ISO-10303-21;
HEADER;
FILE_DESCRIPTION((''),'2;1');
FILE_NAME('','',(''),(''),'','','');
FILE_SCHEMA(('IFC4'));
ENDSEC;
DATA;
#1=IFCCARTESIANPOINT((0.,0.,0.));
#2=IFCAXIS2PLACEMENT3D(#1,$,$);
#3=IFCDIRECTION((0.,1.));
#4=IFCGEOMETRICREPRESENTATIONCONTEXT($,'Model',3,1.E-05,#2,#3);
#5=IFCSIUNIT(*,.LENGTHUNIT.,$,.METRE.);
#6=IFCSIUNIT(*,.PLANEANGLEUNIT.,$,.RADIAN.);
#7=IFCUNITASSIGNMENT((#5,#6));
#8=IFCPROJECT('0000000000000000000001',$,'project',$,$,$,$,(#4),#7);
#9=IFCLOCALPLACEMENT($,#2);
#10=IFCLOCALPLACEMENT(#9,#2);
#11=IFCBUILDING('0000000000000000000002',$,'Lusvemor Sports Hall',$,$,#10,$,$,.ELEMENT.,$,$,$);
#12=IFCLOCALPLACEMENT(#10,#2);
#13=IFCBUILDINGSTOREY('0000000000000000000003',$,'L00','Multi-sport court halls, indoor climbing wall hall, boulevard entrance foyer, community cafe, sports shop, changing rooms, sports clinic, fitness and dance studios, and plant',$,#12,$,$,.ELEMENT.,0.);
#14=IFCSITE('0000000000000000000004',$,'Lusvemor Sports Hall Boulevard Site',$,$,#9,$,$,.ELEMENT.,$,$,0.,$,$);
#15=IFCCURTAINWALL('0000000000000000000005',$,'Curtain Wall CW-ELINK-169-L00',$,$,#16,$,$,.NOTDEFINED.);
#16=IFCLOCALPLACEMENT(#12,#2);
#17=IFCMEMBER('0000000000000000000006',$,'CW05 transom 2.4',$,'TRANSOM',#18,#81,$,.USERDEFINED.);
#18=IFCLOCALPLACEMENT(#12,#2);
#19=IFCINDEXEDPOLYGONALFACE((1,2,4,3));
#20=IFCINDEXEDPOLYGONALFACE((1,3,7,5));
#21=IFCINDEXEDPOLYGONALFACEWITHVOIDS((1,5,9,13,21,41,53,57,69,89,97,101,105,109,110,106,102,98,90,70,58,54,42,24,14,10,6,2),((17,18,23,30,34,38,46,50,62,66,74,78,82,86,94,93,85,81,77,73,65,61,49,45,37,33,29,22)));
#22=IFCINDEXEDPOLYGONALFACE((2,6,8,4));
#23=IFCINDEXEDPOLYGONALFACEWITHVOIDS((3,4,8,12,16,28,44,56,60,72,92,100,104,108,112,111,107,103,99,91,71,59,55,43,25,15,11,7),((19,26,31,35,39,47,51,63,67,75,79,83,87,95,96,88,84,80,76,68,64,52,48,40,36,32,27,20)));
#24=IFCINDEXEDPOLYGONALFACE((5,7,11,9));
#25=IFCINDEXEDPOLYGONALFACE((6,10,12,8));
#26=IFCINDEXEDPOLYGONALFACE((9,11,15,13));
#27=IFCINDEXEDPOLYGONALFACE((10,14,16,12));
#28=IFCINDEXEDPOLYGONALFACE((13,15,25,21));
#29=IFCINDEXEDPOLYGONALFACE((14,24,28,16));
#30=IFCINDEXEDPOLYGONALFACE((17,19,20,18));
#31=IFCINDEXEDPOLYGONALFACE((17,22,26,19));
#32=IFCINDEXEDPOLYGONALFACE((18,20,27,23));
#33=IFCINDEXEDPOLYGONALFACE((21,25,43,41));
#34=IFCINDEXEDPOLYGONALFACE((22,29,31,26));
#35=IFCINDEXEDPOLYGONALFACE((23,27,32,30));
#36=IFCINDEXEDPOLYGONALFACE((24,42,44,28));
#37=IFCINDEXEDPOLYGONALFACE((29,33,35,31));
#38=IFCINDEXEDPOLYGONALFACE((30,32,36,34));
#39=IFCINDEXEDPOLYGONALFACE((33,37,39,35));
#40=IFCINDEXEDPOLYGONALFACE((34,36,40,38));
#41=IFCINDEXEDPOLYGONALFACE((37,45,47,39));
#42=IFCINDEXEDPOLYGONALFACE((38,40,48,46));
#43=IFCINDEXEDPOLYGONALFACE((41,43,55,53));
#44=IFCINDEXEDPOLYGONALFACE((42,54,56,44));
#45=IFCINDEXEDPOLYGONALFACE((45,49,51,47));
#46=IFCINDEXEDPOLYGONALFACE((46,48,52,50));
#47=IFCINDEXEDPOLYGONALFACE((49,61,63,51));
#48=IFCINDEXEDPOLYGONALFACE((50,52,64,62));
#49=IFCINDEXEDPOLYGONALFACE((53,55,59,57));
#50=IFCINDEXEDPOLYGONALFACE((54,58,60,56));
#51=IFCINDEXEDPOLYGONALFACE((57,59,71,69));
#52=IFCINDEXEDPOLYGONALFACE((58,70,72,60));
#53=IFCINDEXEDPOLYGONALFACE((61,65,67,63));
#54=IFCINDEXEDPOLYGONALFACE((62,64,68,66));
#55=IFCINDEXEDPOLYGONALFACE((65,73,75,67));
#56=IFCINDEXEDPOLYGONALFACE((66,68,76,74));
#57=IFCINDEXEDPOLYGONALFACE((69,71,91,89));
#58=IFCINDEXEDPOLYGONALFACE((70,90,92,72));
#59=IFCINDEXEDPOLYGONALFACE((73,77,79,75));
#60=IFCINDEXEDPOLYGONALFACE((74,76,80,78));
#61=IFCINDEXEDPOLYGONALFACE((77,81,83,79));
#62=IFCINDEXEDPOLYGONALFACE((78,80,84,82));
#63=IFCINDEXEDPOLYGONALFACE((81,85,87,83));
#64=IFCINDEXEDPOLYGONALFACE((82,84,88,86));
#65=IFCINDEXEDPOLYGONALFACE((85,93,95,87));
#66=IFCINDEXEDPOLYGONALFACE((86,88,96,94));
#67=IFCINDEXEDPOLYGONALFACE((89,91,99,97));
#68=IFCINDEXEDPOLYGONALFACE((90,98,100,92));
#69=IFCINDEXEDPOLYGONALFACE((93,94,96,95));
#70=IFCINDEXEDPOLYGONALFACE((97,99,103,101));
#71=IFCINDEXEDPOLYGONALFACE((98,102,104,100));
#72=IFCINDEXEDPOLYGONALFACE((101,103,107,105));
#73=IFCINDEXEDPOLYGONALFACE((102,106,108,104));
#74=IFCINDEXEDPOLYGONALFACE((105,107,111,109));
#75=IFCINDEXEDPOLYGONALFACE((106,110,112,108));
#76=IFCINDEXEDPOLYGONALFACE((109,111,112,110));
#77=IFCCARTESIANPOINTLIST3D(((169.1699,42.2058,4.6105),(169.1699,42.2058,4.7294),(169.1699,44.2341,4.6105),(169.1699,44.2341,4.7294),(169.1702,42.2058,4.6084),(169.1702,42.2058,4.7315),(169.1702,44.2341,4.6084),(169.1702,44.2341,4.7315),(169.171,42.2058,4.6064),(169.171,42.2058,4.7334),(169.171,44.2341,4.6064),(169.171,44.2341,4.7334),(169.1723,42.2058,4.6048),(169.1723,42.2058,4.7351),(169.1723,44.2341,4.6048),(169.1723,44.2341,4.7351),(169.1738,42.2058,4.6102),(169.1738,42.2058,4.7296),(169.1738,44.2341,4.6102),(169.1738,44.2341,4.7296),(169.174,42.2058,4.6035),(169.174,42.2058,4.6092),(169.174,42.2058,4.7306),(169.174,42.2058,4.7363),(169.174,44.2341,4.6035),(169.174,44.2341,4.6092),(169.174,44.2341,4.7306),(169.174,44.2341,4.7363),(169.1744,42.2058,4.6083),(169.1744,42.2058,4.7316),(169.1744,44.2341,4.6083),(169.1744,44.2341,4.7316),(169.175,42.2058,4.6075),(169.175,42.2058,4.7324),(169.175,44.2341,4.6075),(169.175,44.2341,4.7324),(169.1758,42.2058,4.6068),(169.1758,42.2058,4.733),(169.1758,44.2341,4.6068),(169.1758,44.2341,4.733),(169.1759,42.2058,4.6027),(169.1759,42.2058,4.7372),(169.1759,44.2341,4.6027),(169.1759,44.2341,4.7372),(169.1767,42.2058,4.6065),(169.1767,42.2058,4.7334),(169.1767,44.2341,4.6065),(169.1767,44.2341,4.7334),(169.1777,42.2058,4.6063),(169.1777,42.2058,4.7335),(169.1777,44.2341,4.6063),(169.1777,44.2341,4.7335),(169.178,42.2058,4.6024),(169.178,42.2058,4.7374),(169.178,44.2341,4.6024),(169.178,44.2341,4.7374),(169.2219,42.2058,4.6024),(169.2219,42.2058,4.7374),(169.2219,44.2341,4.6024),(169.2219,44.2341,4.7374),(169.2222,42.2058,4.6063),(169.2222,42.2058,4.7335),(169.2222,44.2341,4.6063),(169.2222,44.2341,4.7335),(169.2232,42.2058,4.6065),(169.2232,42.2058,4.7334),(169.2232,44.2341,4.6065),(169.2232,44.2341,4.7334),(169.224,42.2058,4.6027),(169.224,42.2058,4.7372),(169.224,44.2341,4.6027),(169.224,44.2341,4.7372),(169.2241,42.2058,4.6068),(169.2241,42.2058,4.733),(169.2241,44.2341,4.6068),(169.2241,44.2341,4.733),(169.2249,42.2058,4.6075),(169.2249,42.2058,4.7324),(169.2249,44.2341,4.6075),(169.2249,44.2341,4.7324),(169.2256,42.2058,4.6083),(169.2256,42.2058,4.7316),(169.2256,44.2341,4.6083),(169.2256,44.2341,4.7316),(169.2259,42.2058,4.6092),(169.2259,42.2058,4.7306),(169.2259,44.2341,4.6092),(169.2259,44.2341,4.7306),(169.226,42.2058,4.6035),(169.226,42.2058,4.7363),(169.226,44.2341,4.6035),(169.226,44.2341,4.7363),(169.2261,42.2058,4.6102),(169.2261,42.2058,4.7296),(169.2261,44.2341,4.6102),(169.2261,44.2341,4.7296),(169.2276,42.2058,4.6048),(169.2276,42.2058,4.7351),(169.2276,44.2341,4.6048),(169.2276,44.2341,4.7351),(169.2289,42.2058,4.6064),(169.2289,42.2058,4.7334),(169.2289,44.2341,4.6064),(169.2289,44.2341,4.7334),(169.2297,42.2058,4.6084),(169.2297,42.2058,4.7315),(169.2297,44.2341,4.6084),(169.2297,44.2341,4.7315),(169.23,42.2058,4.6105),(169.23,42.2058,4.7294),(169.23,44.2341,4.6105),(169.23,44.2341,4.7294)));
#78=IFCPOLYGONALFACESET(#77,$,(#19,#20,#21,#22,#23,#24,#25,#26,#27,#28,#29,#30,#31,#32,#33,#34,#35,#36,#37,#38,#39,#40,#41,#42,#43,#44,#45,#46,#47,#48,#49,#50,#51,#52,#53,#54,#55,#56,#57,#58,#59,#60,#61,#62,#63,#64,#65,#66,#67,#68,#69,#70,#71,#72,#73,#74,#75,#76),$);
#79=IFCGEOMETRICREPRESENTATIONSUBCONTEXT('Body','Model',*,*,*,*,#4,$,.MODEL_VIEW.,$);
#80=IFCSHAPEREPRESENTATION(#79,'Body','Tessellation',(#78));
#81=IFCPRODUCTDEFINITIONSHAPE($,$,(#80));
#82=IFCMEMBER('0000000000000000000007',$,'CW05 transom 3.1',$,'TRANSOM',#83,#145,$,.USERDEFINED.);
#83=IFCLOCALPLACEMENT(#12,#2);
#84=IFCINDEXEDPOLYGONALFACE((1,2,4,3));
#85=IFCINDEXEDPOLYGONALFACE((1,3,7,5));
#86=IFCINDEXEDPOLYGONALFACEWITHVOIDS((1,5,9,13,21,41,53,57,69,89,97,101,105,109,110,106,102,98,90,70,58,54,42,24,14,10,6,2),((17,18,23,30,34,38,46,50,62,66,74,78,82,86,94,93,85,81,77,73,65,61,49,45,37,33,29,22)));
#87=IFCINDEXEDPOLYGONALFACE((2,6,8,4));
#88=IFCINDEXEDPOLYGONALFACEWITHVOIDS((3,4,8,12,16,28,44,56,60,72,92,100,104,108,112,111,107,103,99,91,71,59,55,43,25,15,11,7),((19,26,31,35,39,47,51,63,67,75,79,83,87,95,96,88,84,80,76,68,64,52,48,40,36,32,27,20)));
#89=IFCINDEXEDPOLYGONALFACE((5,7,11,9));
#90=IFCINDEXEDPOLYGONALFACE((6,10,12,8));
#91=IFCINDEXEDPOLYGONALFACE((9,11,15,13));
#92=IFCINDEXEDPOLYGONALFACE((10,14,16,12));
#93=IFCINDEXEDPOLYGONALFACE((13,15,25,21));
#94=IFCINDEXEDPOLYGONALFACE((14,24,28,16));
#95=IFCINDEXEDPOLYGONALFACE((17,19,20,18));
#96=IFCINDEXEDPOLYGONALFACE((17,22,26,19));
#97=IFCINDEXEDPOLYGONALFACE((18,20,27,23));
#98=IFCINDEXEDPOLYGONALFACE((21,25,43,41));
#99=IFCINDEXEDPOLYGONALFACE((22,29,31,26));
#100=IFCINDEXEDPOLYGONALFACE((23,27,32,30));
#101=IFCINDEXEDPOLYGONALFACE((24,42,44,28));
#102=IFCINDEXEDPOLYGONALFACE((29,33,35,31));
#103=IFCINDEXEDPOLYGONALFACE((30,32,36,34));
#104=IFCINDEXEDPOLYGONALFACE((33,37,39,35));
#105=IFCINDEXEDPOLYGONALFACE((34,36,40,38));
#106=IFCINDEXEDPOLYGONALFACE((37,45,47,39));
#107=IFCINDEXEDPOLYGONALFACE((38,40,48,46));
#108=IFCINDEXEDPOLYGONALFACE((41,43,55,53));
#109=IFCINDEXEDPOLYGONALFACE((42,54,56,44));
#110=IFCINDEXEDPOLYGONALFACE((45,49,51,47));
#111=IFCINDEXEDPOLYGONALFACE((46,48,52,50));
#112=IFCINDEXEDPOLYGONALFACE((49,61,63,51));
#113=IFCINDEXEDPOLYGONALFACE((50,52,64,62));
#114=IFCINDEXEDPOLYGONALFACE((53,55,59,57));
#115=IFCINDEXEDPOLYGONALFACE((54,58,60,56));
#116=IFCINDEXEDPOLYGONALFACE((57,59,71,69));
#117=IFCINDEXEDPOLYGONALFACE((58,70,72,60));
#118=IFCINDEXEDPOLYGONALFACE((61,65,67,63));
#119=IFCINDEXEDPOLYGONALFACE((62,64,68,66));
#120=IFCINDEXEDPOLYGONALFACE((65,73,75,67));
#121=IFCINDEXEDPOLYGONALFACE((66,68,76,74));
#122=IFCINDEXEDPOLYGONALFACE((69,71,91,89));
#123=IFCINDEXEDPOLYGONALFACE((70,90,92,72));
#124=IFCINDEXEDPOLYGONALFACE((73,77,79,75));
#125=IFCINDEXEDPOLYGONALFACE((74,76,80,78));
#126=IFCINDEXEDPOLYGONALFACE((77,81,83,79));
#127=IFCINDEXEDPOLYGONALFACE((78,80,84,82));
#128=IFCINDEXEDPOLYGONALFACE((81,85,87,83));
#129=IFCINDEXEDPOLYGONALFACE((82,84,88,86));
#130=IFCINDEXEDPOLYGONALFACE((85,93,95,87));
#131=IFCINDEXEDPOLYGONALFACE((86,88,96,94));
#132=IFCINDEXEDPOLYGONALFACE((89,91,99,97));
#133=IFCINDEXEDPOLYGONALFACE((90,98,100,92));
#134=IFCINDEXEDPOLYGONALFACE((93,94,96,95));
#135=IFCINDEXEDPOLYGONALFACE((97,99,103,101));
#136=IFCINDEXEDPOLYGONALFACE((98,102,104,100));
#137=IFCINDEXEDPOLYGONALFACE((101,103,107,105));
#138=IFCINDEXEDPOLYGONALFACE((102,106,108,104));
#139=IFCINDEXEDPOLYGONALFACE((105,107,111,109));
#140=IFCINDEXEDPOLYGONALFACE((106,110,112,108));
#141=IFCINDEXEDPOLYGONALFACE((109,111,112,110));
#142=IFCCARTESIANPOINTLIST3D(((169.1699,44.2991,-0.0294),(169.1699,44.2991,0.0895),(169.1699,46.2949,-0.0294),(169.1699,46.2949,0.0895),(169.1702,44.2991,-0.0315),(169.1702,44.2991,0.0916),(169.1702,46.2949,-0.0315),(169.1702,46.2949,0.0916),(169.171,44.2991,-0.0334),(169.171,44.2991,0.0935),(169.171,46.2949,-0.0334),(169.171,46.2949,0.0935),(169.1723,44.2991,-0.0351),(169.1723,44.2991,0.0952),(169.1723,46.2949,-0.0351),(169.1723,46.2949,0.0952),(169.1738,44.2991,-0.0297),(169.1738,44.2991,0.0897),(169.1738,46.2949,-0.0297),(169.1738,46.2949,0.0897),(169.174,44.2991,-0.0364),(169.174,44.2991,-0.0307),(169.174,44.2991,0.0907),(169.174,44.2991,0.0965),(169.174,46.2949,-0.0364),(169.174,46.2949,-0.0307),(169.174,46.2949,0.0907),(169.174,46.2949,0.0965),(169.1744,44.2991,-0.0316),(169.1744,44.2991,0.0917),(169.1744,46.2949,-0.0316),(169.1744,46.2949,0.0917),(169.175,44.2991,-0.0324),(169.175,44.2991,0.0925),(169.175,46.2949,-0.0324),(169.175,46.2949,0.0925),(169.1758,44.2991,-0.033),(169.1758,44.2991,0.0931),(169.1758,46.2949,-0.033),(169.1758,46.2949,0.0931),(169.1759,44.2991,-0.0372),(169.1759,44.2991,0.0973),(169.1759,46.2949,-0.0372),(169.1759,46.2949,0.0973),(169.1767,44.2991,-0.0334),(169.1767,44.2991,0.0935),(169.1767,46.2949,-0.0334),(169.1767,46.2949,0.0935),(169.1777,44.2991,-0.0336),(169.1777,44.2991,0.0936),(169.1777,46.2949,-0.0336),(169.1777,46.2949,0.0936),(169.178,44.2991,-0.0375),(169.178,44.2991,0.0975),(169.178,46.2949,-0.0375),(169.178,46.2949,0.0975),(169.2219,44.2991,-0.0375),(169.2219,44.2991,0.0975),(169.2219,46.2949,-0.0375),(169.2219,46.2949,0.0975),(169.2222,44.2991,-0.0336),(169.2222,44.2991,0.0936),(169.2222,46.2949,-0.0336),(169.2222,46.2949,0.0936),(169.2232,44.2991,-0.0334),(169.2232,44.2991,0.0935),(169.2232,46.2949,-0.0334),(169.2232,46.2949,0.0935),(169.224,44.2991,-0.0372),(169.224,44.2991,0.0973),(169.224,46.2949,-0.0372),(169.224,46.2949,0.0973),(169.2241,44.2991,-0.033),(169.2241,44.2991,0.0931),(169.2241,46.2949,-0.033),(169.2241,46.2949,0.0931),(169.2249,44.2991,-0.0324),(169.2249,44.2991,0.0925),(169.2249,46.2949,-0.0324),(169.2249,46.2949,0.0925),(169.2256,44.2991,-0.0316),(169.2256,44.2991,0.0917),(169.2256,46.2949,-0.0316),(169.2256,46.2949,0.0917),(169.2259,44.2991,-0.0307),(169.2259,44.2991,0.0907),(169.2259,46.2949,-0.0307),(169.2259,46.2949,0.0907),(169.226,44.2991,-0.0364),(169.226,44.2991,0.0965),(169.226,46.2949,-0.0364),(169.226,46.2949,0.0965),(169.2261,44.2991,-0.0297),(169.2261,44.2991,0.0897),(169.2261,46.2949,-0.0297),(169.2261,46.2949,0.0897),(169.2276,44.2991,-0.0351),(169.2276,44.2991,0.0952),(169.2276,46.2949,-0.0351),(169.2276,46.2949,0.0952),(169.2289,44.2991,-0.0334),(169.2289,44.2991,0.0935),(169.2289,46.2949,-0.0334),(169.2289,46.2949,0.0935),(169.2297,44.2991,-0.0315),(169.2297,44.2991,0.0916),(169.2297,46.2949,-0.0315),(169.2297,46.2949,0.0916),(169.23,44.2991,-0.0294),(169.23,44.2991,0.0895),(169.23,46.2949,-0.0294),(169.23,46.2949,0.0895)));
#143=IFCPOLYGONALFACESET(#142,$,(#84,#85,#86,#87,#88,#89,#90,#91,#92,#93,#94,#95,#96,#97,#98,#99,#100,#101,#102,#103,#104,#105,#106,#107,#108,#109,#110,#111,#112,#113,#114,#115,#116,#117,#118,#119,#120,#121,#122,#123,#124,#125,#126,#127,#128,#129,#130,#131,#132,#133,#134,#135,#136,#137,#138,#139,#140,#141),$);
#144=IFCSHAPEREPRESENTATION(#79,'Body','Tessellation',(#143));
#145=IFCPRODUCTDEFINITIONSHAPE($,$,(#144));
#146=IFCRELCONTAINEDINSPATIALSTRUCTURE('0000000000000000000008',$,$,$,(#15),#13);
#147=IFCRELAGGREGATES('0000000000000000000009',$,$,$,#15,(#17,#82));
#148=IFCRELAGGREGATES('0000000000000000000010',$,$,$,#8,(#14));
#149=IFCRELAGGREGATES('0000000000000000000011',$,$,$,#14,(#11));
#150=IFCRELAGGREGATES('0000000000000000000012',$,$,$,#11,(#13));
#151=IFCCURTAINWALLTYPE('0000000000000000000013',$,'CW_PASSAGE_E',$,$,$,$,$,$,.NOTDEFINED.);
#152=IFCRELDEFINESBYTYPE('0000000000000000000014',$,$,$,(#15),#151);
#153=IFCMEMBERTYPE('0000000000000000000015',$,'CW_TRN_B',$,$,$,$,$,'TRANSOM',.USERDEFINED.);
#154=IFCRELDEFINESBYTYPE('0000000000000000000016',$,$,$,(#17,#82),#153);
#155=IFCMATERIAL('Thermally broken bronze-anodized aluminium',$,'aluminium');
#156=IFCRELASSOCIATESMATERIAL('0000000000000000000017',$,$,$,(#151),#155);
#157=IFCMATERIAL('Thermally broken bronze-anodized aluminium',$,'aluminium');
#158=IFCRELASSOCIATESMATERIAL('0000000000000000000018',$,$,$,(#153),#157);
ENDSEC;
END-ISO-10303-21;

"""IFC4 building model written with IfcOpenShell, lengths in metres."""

from ifc_helpers import new_model, si_unit, direction, frame, origin, origin_2d, place, context, subcontext, project, spatial, hollow_rectangle, extrude, material, material_profile, profile_set, type_object, element, aggregate, save


model = new_model("IFC4")

# Units and contexts
model_context = context("Model", 3, precision=1e-05, world=origin(), true_north=direction((0.0, 1.0)))
body_context = subcontext(model_context, "Body", "Model", "MODEL_VIEW")
ifc_project = project(units=[si_unit("LENGTHUNIT", "METRE"), si_unit("PLANEANGLEUNIT", "RADIAN")], contexts=[model_context])

# Site, building, storey
site_placement = place(None, origin())
site = spatial("IfcSite", under=ifc_project, at=site_placement, Name="Lusvemor Sports Hall Boulevard Site", CompositionType="ELEMENT", RefElevation=0.0)
building_placement = place(site_placement, origin())
building = spatial("IfcBuilding", under=site, at=building_placement, Name="Lusvemor Sports Hall", CompositionType="ELEMENT")
storey_placement = place(building_placement, origin())
storey = spatial("IfcBuildingStorey", under=building, at=storey_placement, Name="L00", Description="Multi-sport court halls, indoor climbing wall hall, boulevard entrance foyer, community cafe, sports shop, changing rooms, sports clinic, fitness and dance studios, and plant", CompositionType="ELEMENT", Elevation=0.0)

# Curtain wall, members
ifc_material_1 = material(Name="Thermally broken bronze-anodized aluminium", Category="aluminium")
curtain_wall_type = type_object("IfcCurtainWallType", Name="CW_PASSAGE_E", PredefinedType="NOTDEFINED", material=ifc_material_1)
curtain_wall_placement = place(storey_placement, origin())
curtain_wall = element("IfcCurtainWall", 1, at=curtain_wall_placement, inside=storey, type_object=curtain_wall_type, Name="Curtain Wall CW-ELINK-169-L00", PredefinedType="NOTDEFINED")
ifc_material_2 = material(Name="Thermally broken bronze-anodized aluminium", Category="aluminium")
ifc_material_profile_1 = material_profile(ifc_material_2, hollow_rectangle(XDim=0.0601, YDim=0.135, WallThickness=0.0039, InnerFilletRadius=0.0039, OuterFilletRadius=0.0081, at=origin_2d()), Name="CWTRN135x60x4")
ifc_profile_set_1 = profile_set([ifc_material_profile_1], Name="Thermally broken bronze-anodized aluminium")
member_type_1 = type_object("IfcMemberType", Name="CW_TRN_B", ElementType="TRANSOM", PredefinedType="USERDEFINED", material=ifc_profile_set_1)
member_1_placement = place(storey_placement, frame((169.2, 42.2058, 4.6699), z_axis=(0.0, 1.0, 0.0), x_axis=(-1.0, 0.0, 0.0)))
member_1 = element("IfcMember", 2, at=member_1_placement, type_object=member_type_1, Name="CW05 transom 2.4", ObjectType="TRANSOM", PredefinedType="USERDEFINED", context=body_context, shape_type="SweptSolid", body=[
    extrude(hollow_rectangle(XDim=0.0601, YDim=0.135, WallThickness=0.0039, InnerFilletRadius=0.0039, OuterFilletRadius=0.0081, at=origin_2d()), origin(), (0.0, 0.0, 1.0), 2.0283),
])
member_2_placement = place(storey_placement, frame((169.2, 44.2991, 0.03), z_axis=(0.0, 1.0, 0.0), x_axis=(-1.0, 0.0, 0.0)))
member_2 = element("IfcMember", 3, at=member_2_placement, type_object=member_type_1, Name="CW05 transom 3.1", ObjectType="TRANSOM", PredefinedType="USERDEFINED", context=body_context, shape_type="SweptSolid", body=[
    extrude(hollow_rectangle(XDim=0.0601, YDim=0.135, WallThickness=0.0039, InnerFilletRadius=0.0039, OuterFilletRadius=0.0081, at=origin_2d()), origin(), (0.0, 0.0, 1.0), 1.9958),
])
aggregate(curtain_wall, [member_1, member_2])

save(model, "model.ifc")
